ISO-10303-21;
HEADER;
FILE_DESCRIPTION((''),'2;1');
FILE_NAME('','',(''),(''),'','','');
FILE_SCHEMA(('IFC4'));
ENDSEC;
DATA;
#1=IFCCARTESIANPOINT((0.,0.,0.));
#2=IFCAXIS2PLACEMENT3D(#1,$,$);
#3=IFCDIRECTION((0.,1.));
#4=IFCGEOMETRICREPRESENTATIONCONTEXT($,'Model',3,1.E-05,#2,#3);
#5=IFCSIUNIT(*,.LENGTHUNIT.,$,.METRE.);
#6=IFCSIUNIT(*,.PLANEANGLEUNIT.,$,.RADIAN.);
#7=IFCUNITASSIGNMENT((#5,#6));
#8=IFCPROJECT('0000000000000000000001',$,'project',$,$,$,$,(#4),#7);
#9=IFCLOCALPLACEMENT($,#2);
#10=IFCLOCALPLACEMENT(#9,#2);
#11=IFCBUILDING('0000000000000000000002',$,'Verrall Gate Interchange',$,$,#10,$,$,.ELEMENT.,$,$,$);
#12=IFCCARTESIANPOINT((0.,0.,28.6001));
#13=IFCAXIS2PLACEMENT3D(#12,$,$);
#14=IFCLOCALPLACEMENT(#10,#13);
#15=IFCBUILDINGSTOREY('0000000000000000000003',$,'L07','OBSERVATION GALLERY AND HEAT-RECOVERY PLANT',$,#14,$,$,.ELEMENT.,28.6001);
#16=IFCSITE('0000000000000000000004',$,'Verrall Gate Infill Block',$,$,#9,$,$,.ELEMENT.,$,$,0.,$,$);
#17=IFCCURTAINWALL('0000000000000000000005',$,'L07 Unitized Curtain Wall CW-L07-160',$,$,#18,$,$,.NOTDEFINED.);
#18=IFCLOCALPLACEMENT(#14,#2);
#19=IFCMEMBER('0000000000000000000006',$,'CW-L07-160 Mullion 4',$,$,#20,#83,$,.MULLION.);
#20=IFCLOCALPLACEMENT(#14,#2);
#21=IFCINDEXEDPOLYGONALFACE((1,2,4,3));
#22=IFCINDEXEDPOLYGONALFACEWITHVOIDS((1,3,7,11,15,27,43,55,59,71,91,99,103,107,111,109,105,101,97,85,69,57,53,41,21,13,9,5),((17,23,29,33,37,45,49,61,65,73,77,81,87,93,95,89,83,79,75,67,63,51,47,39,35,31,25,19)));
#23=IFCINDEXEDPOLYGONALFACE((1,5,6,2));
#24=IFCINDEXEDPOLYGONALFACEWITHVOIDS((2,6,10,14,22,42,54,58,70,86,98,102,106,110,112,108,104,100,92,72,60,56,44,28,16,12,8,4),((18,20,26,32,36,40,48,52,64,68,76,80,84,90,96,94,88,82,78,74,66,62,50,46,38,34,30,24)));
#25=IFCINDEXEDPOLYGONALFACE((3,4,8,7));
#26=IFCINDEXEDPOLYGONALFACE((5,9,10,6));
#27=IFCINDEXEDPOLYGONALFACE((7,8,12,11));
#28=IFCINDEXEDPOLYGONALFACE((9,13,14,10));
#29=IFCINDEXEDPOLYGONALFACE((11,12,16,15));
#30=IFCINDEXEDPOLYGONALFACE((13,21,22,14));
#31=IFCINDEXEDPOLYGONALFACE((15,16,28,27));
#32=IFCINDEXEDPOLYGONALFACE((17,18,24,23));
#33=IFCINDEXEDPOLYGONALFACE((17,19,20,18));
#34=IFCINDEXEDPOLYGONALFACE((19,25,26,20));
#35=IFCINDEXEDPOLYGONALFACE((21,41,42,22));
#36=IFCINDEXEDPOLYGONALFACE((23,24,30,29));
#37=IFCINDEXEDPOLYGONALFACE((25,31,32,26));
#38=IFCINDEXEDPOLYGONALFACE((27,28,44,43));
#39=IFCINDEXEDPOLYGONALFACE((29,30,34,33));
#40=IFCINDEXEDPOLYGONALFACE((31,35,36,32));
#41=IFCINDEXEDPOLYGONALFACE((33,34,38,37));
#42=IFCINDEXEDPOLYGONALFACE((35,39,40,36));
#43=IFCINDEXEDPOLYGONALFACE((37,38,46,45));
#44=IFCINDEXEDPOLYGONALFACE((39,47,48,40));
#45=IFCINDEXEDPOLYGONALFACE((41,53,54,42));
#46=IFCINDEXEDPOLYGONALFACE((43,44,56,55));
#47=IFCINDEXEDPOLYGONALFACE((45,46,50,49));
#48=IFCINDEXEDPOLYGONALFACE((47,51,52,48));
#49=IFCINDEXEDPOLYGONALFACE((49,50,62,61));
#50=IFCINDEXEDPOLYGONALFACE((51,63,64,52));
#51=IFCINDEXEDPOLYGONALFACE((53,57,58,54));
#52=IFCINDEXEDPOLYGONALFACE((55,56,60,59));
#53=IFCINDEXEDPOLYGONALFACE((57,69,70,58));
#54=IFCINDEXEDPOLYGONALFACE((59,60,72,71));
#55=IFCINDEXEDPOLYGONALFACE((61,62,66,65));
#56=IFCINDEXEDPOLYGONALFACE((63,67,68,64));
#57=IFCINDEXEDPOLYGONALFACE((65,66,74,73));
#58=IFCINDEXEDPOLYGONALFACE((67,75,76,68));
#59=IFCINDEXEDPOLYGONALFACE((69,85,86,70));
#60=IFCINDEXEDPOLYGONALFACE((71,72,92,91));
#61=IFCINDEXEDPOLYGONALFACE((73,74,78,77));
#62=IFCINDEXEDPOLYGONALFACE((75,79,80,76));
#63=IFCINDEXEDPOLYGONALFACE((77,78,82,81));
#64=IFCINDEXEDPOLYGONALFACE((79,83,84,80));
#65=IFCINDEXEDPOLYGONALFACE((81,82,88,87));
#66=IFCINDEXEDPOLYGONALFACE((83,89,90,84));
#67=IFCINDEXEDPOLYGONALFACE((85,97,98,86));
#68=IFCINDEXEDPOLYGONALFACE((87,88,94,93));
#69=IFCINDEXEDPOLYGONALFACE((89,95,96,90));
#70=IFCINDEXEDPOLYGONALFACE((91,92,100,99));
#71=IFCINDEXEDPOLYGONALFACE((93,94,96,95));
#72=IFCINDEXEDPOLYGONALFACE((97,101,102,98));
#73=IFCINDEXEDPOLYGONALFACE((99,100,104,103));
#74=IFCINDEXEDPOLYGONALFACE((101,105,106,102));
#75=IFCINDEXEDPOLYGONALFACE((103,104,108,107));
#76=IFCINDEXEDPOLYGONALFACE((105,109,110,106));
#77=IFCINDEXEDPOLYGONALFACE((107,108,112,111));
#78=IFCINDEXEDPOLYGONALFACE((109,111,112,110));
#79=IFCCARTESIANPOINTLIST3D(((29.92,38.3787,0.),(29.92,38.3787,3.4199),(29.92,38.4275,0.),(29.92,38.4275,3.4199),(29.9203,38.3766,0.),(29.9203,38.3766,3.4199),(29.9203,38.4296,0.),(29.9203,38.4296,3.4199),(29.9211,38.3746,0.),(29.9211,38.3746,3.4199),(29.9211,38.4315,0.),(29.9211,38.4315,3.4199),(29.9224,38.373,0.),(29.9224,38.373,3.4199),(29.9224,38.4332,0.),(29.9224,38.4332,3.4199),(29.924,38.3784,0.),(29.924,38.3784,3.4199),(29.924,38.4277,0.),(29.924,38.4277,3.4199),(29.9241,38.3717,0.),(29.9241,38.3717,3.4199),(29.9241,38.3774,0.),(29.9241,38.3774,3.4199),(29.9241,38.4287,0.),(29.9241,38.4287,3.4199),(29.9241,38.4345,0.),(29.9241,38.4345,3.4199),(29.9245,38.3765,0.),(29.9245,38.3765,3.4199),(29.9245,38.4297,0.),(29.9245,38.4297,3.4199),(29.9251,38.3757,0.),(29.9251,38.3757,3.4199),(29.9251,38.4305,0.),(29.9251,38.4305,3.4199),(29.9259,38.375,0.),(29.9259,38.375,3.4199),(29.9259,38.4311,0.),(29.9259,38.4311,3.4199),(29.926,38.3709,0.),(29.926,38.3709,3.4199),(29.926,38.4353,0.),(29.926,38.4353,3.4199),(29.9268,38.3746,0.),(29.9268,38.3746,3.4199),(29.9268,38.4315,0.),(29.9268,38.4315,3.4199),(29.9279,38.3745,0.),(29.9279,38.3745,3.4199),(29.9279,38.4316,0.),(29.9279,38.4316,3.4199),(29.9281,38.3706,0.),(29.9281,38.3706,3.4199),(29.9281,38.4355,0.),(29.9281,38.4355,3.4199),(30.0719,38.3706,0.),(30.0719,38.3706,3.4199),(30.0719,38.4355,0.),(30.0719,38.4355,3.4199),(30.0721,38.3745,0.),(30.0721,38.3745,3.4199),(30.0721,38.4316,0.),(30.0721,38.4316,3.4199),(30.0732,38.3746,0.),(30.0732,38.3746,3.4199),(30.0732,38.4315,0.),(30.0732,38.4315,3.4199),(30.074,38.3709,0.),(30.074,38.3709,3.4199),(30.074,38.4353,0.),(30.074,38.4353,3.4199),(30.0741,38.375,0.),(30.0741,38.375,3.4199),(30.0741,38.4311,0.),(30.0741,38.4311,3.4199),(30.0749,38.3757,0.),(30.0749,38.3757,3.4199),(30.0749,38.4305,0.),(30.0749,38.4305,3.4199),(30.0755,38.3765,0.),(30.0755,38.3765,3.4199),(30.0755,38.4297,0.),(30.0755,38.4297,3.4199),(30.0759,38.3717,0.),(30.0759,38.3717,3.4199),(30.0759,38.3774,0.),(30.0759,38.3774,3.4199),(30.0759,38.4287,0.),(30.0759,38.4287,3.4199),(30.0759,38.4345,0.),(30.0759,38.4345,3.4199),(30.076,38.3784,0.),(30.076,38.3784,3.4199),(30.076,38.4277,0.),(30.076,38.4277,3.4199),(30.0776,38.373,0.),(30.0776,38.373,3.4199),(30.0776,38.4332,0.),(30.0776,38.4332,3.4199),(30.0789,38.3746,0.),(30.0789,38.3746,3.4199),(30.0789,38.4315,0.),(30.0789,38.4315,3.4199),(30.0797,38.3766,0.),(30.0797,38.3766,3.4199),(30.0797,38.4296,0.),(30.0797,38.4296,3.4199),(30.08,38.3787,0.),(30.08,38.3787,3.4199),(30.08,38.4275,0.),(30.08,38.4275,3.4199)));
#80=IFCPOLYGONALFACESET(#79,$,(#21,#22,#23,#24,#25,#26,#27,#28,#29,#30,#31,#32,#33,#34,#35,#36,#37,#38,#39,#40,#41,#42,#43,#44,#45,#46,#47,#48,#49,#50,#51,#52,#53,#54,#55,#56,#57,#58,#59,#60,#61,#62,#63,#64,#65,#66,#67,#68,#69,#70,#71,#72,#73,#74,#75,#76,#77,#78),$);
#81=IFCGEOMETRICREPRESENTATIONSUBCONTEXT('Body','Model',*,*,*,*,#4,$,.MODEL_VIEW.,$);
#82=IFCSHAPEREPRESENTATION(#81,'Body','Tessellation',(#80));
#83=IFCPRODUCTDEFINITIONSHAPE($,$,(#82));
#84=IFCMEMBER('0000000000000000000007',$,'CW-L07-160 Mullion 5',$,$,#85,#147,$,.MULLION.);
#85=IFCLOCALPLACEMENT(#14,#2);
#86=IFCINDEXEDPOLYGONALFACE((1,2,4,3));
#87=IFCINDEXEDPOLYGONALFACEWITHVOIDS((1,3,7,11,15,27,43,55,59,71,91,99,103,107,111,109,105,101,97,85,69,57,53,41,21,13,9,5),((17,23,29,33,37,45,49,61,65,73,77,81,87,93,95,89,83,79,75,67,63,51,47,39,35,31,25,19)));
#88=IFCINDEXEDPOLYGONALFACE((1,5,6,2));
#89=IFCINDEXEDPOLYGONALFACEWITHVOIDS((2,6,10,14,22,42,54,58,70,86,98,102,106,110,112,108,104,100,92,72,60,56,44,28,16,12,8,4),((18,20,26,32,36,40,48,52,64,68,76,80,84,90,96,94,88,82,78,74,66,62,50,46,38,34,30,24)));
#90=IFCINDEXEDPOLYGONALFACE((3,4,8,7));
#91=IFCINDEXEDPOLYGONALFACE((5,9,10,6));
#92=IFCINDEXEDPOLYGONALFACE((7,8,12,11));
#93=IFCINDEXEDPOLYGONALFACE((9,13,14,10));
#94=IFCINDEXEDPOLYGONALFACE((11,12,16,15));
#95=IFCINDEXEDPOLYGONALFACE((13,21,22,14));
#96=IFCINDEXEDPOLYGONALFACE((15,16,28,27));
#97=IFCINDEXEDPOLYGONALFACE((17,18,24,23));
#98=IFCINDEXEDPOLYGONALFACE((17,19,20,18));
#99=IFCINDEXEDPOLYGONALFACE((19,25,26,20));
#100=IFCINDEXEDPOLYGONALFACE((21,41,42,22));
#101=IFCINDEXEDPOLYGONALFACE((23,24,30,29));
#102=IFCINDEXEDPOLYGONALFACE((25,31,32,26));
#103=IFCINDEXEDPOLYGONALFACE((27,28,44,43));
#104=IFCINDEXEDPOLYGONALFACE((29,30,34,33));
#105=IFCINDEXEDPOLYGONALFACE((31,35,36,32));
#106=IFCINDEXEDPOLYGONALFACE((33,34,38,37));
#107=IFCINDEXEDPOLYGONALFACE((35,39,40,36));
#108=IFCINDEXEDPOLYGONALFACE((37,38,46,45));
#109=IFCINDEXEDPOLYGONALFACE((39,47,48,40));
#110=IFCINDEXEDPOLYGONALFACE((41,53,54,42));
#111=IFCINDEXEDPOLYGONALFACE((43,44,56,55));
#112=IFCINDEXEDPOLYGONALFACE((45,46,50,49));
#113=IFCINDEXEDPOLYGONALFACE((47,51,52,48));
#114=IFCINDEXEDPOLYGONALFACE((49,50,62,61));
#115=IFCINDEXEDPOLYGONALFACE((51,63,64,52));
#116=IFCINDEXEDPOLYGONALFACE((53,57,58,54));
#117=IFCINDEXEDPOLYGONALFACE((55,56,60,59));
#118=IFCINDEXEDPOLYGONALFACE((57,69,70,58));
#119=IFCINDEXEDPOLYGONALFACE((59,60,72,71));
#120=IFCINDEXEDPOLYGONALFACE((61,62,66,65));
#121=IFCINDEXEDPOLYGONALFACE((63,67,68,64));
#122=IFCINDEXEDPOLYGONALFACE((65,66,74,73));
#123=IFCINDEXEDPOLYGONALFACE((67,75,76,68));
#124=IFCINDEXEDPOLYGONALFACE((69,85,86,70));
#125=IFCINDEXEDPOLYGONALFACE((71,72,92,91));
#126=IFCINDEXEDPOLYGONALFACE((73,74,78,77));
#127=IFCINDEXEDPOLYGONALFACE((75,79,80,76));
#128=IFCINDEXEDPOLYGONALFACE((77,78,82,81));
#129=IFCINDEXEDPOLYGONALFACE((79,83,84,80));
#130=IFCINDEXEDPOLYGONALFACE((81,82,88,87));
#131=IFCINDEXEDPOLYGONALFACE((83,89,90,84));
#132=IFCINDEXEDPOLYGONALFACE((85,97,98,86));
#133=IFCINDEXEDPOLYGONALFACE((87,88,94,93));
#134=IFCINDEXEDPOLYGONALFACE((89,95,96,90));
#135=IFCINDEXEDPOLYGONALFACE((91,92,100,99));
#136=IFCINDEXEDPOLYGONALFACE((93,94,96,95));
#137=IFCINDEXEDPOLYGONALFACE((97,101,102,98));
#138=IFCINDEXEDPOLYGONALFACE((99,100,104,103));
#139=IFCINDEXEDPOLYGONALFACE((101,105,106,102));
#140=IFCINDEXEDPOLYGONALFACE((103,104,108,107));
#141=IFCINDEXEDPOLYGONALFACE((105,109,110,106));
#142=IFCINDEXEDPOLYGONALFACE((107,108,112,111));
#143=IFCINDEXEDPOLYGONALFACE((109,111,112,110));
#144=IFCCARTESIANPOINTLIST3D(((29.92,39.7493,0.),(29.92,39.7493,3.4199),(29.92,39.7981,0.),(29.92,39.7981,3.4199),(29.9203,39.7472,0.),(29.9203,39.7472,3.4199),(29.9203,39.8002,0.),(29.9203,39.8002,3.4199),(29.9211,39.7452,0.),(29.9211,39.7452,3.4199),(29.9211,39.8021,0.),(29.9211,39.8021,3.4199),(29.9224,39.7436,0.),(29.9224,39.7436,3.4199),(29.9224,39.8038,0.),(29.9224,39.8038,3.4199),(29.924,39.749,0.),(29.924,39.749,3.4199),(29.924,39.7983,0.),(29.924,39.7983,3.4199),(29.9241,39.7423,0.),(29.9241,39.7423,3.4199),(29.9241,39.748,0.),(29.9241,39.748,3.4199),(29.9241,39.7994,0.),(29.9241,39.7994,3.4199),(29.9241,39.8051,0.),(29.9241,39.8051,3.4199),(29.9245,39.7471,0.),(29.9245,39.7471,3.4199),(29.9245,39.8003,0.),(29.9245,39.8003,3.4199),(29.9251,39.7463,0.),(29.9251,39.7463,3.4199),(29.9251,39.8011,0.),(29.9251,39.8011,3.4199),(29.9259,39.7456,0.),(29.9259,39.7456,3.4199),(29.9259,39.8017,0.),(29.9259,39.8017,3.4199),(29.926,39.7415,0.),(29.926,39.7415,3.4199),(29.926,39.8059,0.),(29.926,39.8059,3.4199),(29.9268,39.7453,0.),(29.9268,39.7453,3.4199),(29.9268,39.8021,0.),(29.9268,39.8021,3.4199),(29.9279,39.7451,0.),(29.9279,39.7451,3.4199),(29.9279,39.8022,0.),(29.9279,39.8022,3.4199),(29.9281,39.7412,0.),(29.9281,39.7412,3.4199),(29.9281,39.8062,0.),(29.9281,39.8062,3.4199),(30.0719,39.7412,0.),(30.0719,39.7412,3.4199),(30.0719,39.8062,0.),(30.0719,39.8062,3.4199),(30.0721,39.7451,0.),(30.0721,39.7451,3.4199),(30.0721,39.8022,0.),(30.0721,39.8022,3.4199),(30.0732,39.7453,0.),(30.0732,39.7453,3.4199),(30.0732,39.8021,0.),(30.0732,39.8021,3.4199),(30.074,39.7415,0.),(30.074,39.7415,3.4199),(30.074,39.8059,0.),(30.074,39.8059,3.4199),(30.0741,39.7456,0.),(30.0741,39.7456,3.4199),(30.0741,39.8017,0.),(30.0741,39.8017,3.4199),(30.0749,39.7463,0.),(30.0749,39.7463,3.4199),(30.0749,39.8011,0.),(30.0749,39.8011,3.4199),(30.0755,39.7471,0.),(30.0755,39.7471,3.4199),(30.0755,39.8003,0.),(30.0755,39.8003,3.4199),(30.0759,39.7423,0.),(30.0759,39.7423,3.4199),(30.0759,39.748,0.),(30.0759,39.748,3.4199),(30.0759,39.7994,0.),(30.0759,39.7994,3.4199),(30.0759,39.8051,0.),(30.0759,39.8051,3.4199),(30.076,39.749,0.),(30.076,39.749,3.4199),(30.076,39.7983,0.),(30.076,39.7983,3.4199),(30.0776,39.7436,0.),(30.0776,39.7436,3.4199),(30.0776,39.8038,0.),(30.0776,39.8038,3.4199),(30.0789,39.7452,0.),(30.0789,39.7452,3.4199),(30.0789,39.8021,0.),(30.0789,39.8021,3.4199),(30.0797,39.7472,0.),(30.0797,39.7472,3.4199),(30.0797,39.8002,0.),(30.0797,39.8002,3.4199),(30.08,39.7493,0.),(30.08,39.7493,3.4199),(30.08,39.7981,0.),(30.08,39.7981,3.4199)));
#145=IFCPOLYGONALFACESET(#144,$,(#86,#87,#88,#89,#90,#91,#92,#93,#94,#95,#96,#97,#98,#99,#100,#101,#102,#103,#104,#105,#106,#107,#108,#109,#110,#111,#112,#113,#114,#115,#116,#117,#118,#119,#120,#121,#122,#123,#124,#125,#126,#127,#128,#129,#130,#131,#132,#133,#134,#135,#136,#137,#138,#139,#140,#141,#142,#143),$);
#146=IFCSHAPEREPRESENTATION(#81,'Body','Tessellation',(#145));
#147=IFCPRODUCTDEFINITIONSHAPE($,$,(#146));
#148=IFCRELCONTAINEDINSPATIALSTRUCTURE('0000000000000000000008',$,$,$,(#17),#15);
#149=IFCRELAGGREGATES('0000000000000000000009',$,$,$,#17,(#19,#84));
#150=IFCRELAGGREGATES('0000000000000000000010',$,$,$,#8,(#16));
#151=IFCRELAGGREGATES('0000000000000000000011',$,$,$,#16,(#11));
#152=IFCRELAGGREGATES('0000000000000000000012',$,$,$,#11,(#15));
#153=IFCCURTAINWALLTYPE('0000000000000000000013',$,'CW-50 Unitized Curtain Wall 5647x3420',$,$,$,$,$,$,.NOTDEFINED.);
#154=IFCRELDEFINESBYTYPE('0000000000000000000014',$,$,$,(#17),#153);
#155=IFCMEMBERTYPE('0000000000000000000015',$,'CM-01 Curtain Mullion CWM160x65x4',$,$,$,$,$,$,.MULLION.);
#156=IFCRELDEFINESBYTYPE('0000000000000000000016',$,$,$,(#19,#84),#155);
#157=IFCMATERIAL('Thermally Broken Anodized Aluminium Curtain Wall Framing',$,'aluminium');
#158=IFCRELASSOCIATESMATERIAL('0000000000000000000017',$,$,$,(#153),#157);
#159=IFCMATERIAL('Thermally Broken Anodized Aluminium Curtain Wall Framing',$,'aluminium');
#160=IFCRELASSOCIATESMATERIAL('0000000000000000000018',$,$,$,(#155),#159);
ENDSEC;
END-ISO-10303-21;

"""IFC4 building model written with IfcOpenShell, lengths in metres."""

from ifc_helpers import new_model, si_unit, direction, frame, origin, origin_2d, place, context, subcontext, project, spatial, hollow_rectangle, extrude, material, material_profile, profile_set, type_object, element, aggregate, save


model = new_model("IFC4")

# Units and contexts
model_context = context("Model", 3, precision=1e-05, world=origin(), true_north=direction((0.0, 1.0)))
body_context = subcontext(model_context, "Body", "Model", "MODEL_VIEW")
ifc_project = project(units=[si_unit("LENGTHUNIT", "METRE"), si_unit("PLANEANGLEUNIT", "RADIAN")], contexts=[model_context])

# Site, building, storey
site_placement = place(None, origin())
site = spatial("IfcSite", under=ifc_project, at=site_placement, Name="Verrall Gate Infill Block", CompositionType="ELEMENT", RefElevation=0.0)
building_placement = place(site_placement, origin())
building = spatial("IfcBuilding", under=site, at=building_placement, Name="Verrall Gate Interchange", CompositionType="ELEMENT")
storey_placement = place(building_placement, frame((0.0, 0.0, 28.6001)))
storey = spatial("IfcBuildingStorey", under=building, at=storey_placement, Name="L07", Description="OBSERVATION GALLERY AND HEAT-RECOVERY PLANT", CompositionType="ELEMENT", Elevation=28.6001)

# Curtain wall, members
ifc_material_1 = material(Name="Thermally Broken Anodized Aluminium Curtain Wall Framing", Category="aluminium")
curtain_wall_type_1 = type_object("IfcCurtainWallType", Name="CW-50 Unitized Curtain Wall 5647x3420", PredefinedType="NOTDEFINED", material=ifc_material_1)
curtain_wall_1_placement = place(storey_placement, origin())
curtain_wall_1 = element("IfcCurtainWall", 1, at=curtain_wall_1_placement, inside=storey, type_object=curtain_wall_type_1, Name="L07 Unitized Curtain Wall CW-L07-160", PredefinedType="NOTDEFINED")
ifc_material_2 = material(Name="Thermally Broken Anodized Aluminium Curtain Wall Framing", Category="aluminium")
ifc_material_profile_1 = material_profile(ifc_material_2, hollow_rectangle(XDim=0.0649, YDim=0.1599, WallThickness=0.0039, InnerFilletRadius=0.0039, OuterFilletRadius=0.0081, at=origin_2d()), Name="CWM160x65x4")
ifc_profile_set_1 = profile_set([ifc_material_profile_1], Name="Thermally Broken Anodized Aluminium Curtain Wall Framing")
member_type_1 = type_object("IfcMemberType", Name="CM-01 Curtain Mullion CWM160x65x4", PredefinedType="MULLION", material=ifc_profile_set_1)
member_1_placement = place(storey_placement, frame((30.0, 38.4031, 0.0), z_axis=(0.0, 0.0, 1.0), x_axis=(0.0, 1.0, 0.0)))
member_1 = element("IfcMember", 2, at=member_1_placement, type_object=member_type_1, Name="CW-L07-160 Mullion 4", PredefinedType="MULLION", context=body_context, shape_type="SweptSolid", body=[
    extrude(hollow_rectangle(XDim=0.0649, YDim=0.1599, WallThickness=0.0039, InnerFilletRadius=0.0039, OuterFilletRadius=0.0081, at=origin_2d()), origin(), (0.0, 0.0, 1.0), 3.4199),
])
member_2_placement = place(storey_placement, frame((30.0, 39.7737, 0.0), z_axis=(0.0, 0.0, 1.0), x_axis=(0.0, 1.0, 0.0)))
member_2 = element("IfcMember", 3, at=member_2_placement, type_object=member_type_1, Name="CW-L07-160 Mullion 5", PredefinedType="MULLION", context=body_context, shape_type="SweptSolid", body=[
    extrude(hollow_rectangle(XDim=0.0649, YDim=0.1599, WallThickness=0.0039, InnerFilletRadius=0.0039, OuterFilletRadius=0.0081, at=origin_2d()), origin(), (0.0, 0.0, 1.0), 3.4199),
])

aggregate(curtain_wall_1, [member_1, member_2])

save(model, "model.ifc")
